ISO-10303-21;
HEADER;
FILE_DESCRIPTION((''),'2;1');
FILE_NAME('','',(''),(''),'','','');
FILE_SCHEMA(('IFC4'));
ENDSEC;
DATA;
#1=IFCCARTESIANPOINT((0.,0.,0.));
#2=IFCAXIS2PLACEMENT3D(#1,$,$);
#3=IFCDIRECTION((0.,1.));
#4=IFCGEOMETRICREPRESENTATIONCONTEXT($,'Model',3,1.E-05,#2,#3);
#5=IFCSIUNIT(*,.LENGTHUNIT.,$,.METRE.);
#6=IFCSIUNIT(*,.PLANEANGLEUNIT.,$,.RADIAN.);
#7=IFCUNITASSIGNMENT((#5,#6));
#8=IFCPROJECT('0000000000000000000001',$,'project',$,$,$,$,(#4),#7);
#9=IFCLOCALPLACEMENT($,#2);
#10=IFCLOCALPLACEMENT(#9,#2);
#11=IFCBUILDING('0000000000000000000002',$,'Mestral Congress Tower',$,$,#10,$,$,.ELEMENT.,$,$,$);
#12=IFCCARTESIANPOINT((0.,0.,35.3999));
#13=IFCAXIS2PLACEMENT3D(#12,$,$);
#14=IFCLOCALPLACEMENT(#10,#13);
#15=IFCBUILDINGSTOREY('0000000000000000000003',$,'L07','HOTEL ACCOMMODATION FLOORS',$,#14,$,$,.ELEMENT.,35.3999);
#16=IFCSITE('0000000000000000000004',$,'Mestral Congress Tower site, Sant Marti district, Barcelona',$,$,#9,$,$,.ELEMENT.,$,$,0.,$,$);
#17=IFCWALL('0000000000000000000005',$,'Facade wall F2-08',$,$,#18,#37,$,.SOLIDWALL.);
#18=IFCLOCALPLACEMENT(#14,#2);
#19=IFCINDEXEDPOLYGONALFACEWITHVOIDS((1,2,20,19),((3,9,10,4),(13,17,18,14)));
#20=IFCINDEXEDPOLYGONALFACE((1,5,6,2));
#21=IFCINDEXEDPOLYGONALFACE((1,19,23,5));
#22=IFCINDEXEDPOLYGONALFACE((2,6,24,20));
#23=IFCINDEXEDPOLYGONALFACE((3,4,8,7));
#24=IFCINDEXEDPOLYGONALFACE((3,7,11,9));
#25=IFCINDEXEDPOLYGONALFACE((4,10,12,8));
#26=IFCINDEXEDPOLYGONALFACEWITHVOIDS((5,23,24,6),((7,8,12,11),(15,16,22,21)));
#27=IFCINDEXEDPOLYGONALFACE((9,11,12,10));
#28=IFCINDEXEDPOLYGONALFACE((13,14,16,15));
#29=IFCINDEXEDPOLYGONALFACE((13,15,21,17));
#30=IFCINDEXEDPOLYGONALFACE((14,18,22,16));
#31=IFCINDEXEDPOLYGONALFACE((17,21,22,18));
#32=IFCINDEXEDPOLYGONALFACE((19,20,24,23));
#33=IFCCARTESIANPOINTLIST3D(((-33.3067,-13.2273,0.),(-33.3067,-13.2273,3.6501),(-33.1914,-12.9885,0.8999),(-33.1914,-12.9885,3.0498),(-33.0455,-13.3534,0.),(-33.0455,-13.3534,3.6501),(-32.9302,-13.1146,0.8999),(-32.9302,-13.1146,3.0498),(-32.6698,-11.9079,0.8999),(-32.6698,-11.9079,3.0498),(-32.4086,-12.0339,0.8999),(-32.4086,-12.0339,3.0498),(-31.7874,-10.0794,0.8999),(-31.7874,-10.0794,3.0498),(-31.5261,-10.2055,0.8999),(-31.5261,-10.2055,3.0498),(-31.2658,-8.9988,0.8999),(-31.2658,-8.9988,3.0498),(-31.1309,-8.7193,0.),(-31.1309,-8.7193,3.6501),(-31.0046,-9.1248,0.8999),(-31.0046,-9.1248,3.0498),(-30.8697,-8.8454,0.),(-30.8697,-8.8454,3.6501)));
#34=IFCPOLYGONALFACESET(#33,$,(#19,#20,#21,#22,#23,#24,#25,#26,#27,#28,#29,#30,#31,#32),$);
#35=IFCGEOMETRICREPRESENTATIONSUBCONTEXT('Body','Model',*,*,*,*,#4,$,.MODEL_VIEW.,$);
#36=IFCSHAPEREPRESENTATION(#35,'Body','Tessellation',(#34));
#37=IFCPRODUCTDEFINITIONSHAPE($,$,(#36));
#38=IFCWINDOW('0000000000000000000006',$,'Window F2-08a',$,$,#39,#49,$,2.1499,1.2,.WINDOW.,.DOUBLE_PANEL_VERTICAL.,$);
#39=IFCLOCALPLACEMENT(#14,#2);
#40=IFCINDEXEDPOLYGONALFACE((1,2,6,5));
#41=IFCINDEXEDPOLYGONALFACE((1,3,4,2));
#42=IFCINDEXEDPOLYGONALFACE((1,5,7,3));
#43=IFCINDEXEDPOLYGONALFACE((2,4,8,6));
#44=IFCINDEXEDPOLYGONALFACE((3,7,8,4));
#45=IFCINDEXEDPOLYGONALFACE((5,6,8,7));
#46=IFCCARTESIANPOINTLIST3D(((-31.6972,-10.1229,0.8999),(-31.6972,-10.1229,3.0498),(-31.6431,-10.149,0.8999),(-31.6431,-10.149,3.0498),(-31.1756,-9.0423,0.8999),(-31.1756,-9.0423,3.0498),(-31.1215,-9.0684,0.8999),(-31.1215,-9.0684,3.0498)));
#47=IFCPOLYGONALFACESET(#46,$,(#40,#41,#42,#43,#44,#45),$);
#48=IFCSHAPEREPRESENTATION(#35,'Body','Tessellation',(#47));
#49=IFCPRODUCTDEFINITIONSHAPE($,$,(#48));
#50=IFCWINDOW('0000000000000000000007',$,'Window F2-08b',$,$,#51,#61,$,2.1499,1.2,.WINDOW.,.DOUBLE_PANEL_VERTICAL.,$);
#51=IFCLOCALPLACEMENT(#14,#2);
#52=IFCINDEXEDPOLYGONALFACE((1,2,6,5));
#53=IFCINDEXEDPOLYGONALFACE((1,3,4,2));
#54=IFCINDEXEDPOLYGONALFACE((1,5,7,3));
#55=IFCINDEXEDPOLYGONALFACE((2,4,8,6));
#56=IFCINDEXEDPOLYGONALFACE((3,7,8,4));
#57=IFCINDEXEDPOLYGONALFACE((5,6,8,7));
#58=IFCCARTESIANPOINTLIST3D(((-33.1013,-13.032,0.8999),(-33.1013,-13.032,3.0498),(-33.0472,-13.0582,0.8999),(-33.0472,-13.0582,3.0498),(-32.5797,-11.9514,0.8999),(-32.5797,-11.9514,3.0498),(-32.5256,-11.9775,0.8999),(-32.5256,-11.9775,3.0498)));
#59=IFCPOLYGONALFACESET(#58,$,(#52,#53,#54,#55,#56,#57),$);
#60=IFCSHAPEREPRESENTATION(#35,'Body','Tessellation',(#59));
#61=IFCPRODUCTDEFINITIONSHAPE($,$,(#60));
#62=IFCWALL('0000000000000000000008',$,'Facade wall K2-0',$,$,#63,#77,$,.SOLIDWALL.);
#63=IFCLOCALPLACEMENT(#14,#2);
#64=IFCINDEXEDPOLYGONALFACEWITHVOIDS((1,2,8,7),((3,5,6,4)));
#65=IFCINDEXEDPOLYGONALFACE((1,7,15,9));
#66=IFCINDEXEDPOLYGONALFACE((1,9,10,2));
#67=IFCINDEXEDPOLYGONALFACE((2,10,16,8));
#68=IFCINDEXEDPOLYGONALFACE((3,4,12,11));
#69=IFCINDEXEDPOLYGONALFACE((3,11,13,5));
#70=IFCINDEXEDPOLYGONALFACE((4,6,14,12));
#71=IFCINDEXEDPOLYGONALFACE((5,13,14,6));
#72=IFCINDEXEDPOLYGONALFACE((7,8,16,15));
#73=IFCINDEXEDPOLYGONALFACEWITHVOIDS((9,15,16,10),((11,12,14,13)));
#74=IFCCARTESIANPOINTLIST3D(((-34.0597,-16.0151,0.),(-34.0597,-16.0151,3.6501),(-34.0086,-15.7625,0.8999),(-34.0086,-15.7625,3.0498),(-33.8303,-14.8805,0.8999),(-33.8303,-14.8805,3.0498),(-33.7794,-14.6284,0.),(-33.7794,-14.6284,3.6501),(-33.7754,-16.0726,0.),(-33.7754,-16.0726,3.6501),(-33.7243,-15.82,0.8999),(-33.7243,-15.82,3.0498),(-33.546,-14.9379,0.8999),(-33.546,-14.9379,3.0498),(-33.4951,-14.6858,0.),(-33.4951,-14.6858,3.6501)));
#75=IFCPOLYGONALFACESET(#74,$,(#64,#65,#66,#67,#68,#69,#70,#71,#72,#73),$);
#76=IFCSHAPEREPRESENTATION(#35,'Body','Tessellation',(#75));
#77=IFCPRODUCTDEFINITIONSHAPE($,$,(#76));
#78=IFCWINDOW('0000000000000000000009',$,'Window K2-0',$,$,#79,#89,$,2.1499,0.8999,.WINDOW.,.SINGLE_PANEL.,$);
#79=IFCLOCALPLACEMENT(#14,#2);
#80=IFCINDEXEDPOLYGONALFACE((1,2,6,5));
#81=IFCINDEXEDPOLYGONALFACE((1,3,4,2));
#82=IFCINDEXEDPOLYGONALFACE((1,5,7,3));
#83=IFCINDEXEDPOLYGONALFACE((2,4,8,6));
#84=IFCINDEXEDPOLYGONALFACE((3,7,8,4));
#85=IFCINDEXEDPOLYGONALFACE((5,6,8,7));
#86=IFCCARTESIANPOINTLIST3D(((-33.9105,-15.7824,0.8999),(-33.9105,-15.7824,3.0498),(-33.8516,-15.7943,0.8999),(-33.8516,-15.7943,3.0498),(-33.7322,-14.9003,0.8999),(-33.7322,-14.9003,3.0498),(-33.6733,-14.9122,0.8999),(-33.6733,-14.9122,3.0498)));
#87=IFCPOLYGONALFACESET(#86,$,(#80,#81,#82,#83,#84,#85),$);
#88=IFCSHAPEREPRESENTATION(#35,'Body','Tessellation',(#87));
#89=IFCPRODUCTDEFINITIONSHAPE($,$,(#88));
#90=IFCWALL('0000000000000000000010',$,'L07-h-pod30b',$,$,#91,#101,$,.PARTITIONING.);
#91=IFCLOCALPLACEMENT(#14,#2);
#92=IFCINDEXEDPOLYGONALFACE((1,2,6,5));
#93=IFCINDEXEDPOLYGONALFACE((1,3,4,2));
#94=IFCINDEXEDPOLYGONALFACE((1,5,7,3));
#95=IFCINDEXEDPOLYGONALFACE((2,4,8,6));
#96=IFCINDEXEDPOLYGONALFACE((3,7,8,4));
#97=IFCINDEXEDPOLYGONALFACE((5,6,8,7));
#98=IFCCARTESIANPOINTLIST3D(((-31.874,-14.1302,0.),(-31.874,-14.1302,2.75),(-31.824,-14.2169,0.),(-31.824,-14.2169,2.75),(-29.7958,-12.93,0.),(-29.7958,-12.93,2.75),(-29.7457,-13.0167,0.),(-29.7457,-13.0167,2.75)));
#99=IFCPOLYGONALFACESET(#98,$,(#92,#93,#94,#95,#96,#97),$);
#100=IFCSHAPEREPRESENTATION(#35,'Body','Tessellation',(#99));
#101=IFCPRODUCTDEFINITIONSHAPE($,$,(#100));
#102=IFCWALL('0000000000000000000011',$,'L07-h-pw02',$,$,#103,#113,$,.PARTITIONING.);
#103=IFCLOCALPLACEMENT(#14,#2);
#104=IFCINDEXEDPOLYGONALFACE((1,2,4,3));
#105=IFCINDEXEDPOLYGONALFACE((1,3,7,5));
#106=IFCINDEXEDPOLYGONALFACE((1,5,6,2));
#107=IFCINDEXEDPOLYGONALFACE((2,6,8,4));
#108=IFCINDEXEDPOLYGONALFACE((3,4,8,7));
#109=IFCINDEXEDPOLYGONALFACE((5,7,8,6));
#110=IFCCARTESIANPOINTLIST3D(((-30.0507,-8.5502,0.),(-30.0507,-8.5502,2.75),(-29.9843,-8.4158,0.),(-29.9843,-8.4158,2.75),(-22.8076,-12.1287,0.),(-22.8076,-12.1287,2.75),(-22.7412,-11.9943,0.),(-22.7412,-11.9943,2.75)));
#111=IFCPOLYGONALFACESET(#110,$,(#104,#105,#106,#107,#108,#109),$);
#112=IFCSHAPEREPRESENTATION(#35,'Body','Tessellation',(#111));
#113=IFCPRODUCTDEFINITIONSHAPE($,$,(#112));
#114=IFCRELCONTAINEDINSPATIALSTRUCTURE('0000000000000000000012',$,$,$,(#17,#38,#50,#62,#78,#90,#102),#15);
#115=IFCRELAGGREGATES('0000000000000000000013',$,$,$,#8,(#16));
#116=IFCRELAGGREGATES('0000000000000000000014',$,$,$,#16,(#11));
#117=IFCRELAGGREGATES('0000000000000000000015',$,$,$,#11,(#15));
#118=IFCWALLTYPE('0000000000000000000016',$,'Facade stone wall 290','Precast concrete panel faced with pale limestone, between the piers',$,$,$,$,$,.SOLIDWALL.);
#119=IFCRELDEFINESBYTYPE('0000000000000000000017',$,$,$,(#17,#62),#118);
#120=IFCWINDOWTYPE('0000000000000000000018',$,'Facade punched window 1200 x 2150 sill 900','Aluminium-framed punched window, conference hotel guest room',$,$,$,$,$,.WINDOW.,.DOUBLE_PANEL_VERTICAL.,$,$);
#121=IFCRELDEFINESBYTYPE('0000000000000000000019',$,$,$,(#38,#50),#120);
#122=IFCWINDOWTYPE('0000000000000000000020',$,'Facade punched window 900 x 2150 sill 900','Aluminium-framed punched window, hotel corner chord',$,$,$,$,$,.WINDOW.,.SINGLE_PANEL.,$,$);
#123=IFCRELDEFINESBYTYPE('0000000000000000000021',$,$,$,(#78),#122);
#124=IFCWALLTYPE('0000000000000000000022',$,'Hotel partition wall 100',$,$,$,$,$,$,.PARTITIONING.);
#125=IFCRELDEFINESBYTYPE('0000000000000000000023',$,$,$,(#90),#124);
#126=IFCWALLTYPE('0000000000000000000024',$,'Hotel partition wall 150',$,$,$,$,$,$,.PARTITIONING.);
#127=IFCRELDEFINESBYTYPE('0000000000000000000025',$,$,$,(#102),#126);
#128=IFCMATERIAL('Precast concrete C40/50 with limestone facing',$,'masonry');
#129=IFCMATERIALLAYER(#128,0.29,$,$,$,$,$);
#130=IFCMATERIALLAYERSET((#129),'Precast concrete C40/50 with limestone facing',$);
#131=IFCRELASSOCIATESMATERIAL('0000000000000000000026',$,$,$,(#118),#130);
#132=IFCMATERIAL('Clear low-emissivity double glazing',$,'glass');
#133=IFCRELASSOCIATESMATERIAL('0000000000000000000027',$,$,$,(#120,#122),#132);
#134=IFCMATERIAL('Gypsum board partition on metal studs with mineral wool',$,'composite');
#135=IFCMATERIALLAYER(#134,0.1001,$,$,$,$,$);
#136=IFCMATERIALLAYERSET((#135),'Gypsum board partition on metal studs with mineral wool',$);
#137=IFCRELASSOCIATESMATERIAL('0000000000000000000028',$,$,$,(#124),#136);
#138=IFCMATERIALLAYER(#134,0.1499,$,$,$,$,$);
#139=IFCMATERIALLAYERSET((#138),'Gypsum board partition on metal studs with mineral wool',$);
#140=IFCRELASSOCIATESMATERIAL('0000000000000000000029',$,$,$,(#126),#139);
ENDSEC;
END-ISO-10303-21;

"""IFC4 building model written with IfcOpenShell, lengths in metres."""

from ifc_helpers import new_model, si_unit, direction, frame, frame_2d, origin, place, context, subcontext, project, spatial, rectangle, extrude, material, layer, layer_set, type_object, element, fill, save


model = new_model("IFC4")

# Units and contexts
model_context = context("Model", 3, precision=1e-05, world=origin(), true_north=direction((0.0, 1.0)))
body_context = subcontext(model_context, "Body", "Model", "MODEL_VIEW")
ifc_project = project(units=[si_unit("LENGTHUNIT", "METRE"), si_unit("PLANEANGLEUNIT", "RADIAN")], contexts=[model_context])

# Site, building, storey
site_placement = place(None, origin())
site = spatial("IfcSite", under=ifc_project, at=site_placement, Name="Mestral Congress Tower site, Sant Marti district, Barcelona", CompositionType="ELEMENT", RefElevation=0.0)
building_placement = place(site_placement, origin())
building = spatial("IfcBuilding", under=site, at=building_placement, Name="Mestral Congress Tower", CompositionType="ELEMENT")
storey_placement = place(building_placement, frame((0.0, 0.0, 35.3999)))
storey = spatial("IfcBuildingStorey", under=building, at=storey_placement, Name="L07", Description="HOTEL ACCOMMODATION FLOORS", CompositionType="ELEMENT", Elevation=35.3999)

# Wall, openings, windows
ifc_material_1 = material(Name="Precast concrete C40/50 with limestone facing", Category="masonry")
ifc_layer_1 = layer(ifc_material_1, 0.29)
ifc_layer_set_1 = layer_set([ifc_layer_1], Name="Precast concrete C40/50 with limestone facing")
wall_type_1 = type_object("IfcWallType", Name="Facade stone wall 290", Description="Precast concrete panel faced with pale limestone, between the piers", PredefinedType="SOLIDWALL", material=ifc_layer_set_1)
wall_1_placement = place(storey_placement, frame((-31.0002, -8.7822, 0.0), z_axis=(0.0, 0.0, 1.0), x_axis=(-0.434664, -0.900592, 0.0)))
wall_1 = element("IfcWall", 1, at=wall_1_placement, inside=storey, type_object=wall_type_1, Name="Facade wall F2-08", PredefinedType="SOLIDWALL", context=body_context, shape_type="SweptSolid", body=[
    extrude(rectangle(XDim=5.0056, YDim=0.29, at=frame_2d((2.5029, 0.0))), origin(), (0.0, 0.0, 1.0), 3.6501),
])
opening_1_placement = place(wall_1_placement, frame((0.3103, 0.0, 0.8999)))
opening_1 = element("IfcOpeningElement", 2, at=opening_1_placement, cuts=wall_1, PredefinedType="OPENING", context=body_context, shape_type="SweptSolid", body=[
    extrude(rectangle(XDim=1.2, YDim=2.1499, at=frame_2d((0.6001, 1.075))), frame((0.0, 0.155, 0.0), z_axis=(0.0, -1.0, 0.0), x_axis=(1.0, 0.0, 0.0)), (0.0, 0.0, 1.0), 0.3101),
])
opening_2_placement = place(wall_1_placement, frame((3.5405, 0.0, 0.8999)))
opening_2 = element("IfcOpeningElement", 3, at=opening_2_placement, cuts=wall_1, PredefinedType="OPENING", context=body_context, shape_type="SweptSolid", body=[
    extrude(rectangle(XDim=1.2, YDim=2.1499, at=frame_2d((0.6001, 1.075))), frame((0.0, 0.155, 0.0), z_axis=(0.0, -1.0, 0.0), x_axis=(1.0, 0.0, 0.0)), (0.0, 0.0, 1.0), 0.3101),
])
ifc_material_2 = material(Name="Clear low-emissivity double glazing", Category="glass")
window_type_1 = type_object("IfcWindowType", Name="Facade punched window 1200 x 2150 sill 900", Description="Aluminium-framed punched window, conference hotel guest room", PartitioningType="DOUBLE_PANEL_VERTICAL", PredefinedType="WINDOW", material=ifc_material_2)
window_1_placement = place(opening_1_placement, origin())
window_1 = element("IfcWindow", 4, at=window_1_placement, inside=storey, type_object=window_type_1, Name="Window F2-08a", OverallHeight=2.1499, OverallWidth=1.2, PartitioningType="DOUBLE_PANEL_VERTICAL", PredefinedType="WINDOW", context=body_context, shape_type="SweptSolid", body=[
    extrude(rectangle(XDim=1.2, YDim=2.1499, at=frame_2d((0.6001, 1.075))), frame((0.0, 0.0151, 0.0), z_axis=(0.0, -1.0, 0.0), x_axis=(1.0, 0.0, 0.0)), (0.0, 0.0, 1.0), 0.0601),
])
fill(opening_1, window_1)
window_2_placement = place(opening_2_placement, origin())
window_2 = element("IfcWindow", 5, at=window_2_placement, inside=storey, type_object=window_type_1, Name="Window F2-08b", OverallHeight=2.1499, OverallWidth=1.2, PartitioningType="DOUBLE_PANEL_VERTICAL", PredefinedType="WINDOW", context=body_context, shape_type="SweptSolid", body=[
    extrude(rectangle(XDim=1.2, YDim=2.1499, at=frame_2d((0.6001, 1.075))), frame((0.0, 0.0151, 0.0), z_axis=(0.0, -1.0, 0.0), x_axis=(1.0, 0.0, 0.0)), (0.0, 0.0, 1.0), 0.0601),
])
fill(opening_2, window_2)

# Wall, opening, window
wall_2_placement = place(storey_placement, frame((-33.6372, -14.657, 0.0), z_axis=(0.0, 0.0, 1.0), x_axis=(-0.198107, -0.98018, 0.0)))
wall_2 = element("IfcWall", 6, at=wall_2_placement, inside=storey, type_object=wall_type_1, Name="Facade wall K2-0", PredefinedType="SOLIDWALL", context=body_context, shape_type="SweptSolid", body=[
    extrude(rectangle(XDim=1.4148, YDim=0.29, at=frame_2d((0.7075, 0.0))), origin(), (0.0, 0.0, 1.0), 3.6501),
])
opening_3_placement = place(wall_2_placement, frame((0.2573, 0.0, 0.8999)))
opening_3 = element("IfcOpeningElement", 7, at=opening_3_placement, cuts=wall_2, PredefinedType="OPENING", context=body_context, shape_type="SweptSolid", body=[
    extrude(rectangle(XDim=0.8999, YDim=2.1499, at=frame_2d((0.45, 1.075))), frame((0.0, 0.155, 0.0), z_axis=(0.0, -1.0, 0.0), x_axis=(1.0, 0.0, 0.0)), (0.0, 0.0, 1.0), 0.3101),
])
window_type_2 = type_object("IfcWindowType", Name="Facade punched window 900 x 2150 sill 900", Description="Aluminium-framed punched window, hotel corner chord", PartitioningType="SINGLE_PANEL", PredefinedType="WINDOW", material=ifc_material_2)
window_3_placement = place(opening_3_placement, origin())
window_3 = element("IfcWindow", 8, at=window_3_placement, inside=storey, type_object=window_type_2, Name="Window K2-0", OverallHeight=2.1499, OverallWidth=0.8999, PartitioningType="SINGLE_PANEL", PredefinedType="WINDOW", context=body_context, shape_type="SweptSolid", body=[
    extrude(rectangle(XDim=0.8999, YDim=2.1499, at=frame_2d((0.45, 1.075))), frame((0.0, 0.0151, 0.0), z_axis=(0.0, -1.0, 0.0), x_axis=(1.0, 0.0, 0.0)), (0.0, 0.0, 1.0), 0.0601),
])
fill(opening_3, window_3)

# Walls
ifc_material_3 = material(Name="Gypsum board partition on metal studs with mineral wool", Category="composite")
ifc_layer_2 = layer(ifc_material_3, 0.1001)
ifc_layer_set_2 = layer_set([ifc_layer_2], Name="Gypsum board partition on metal studs with mineral wool")
wall_type_2 = type_object("IfcWallType", Name="Hotel partition wall 100", PredefinedType="PARTITIONING", material=ifc_layer_set_2)
wall_3_placement = place(storey_placement, frame((-29.7708, -12.9734, 0.0), z_axis=(0.0, 0.0, 1.0), x_axis=(-0.865981, -0.500078, 0.0)))
element("IfcWall", 9, at=wall_3_placement, inside=storey, type_object=wall_type_2, Name="L07-h-pod30b", PredefinedType="PARTITIONING", context=body_context, shape_type="SweptSolid", body=[
    extrude(rectangle(XDim=2.3999, YDim=0.1001, at=frame_2d((1.2, 0.0))), origin(), (0.0, 0.0, 1.0), 2.75),
])
ifc_layer_3 = layer(ifc_material_3, 0.1499)
ifc_layer_set_3 = layer_set([ifc_layer_3], Name="Gypsum board partition on metal studs with mineral wool")
wall_type_3 = type_object("IfcWallType", Name="Hotel partition wall 150", PredefinedType="PARTITIONING", material=ifc_layer_set_3)
wall_4_placement = place(storey_placement, frame((-30.0176, -8.4829, 0.0), z_axis=(0.0, 0.0, 1.0), x_axis=(0.896545, -0.442954, 0.0)))
element("IfcWall", 10, at=wall_4_placement, inside=storey, type_object=wall_type_3, Name="L07-h-pw02", PredefinedType="PARTITIONING", context=body_context, shape_type="SweptSolid", body=[
    extrude(rectangle(XDim=8.0789, YDim=0.1499, at=frame_2d((4.0396, 0.0))), origin(), (0.0, 0.0, 1.0), 2.75),
])

save(model, "model.ifc")
